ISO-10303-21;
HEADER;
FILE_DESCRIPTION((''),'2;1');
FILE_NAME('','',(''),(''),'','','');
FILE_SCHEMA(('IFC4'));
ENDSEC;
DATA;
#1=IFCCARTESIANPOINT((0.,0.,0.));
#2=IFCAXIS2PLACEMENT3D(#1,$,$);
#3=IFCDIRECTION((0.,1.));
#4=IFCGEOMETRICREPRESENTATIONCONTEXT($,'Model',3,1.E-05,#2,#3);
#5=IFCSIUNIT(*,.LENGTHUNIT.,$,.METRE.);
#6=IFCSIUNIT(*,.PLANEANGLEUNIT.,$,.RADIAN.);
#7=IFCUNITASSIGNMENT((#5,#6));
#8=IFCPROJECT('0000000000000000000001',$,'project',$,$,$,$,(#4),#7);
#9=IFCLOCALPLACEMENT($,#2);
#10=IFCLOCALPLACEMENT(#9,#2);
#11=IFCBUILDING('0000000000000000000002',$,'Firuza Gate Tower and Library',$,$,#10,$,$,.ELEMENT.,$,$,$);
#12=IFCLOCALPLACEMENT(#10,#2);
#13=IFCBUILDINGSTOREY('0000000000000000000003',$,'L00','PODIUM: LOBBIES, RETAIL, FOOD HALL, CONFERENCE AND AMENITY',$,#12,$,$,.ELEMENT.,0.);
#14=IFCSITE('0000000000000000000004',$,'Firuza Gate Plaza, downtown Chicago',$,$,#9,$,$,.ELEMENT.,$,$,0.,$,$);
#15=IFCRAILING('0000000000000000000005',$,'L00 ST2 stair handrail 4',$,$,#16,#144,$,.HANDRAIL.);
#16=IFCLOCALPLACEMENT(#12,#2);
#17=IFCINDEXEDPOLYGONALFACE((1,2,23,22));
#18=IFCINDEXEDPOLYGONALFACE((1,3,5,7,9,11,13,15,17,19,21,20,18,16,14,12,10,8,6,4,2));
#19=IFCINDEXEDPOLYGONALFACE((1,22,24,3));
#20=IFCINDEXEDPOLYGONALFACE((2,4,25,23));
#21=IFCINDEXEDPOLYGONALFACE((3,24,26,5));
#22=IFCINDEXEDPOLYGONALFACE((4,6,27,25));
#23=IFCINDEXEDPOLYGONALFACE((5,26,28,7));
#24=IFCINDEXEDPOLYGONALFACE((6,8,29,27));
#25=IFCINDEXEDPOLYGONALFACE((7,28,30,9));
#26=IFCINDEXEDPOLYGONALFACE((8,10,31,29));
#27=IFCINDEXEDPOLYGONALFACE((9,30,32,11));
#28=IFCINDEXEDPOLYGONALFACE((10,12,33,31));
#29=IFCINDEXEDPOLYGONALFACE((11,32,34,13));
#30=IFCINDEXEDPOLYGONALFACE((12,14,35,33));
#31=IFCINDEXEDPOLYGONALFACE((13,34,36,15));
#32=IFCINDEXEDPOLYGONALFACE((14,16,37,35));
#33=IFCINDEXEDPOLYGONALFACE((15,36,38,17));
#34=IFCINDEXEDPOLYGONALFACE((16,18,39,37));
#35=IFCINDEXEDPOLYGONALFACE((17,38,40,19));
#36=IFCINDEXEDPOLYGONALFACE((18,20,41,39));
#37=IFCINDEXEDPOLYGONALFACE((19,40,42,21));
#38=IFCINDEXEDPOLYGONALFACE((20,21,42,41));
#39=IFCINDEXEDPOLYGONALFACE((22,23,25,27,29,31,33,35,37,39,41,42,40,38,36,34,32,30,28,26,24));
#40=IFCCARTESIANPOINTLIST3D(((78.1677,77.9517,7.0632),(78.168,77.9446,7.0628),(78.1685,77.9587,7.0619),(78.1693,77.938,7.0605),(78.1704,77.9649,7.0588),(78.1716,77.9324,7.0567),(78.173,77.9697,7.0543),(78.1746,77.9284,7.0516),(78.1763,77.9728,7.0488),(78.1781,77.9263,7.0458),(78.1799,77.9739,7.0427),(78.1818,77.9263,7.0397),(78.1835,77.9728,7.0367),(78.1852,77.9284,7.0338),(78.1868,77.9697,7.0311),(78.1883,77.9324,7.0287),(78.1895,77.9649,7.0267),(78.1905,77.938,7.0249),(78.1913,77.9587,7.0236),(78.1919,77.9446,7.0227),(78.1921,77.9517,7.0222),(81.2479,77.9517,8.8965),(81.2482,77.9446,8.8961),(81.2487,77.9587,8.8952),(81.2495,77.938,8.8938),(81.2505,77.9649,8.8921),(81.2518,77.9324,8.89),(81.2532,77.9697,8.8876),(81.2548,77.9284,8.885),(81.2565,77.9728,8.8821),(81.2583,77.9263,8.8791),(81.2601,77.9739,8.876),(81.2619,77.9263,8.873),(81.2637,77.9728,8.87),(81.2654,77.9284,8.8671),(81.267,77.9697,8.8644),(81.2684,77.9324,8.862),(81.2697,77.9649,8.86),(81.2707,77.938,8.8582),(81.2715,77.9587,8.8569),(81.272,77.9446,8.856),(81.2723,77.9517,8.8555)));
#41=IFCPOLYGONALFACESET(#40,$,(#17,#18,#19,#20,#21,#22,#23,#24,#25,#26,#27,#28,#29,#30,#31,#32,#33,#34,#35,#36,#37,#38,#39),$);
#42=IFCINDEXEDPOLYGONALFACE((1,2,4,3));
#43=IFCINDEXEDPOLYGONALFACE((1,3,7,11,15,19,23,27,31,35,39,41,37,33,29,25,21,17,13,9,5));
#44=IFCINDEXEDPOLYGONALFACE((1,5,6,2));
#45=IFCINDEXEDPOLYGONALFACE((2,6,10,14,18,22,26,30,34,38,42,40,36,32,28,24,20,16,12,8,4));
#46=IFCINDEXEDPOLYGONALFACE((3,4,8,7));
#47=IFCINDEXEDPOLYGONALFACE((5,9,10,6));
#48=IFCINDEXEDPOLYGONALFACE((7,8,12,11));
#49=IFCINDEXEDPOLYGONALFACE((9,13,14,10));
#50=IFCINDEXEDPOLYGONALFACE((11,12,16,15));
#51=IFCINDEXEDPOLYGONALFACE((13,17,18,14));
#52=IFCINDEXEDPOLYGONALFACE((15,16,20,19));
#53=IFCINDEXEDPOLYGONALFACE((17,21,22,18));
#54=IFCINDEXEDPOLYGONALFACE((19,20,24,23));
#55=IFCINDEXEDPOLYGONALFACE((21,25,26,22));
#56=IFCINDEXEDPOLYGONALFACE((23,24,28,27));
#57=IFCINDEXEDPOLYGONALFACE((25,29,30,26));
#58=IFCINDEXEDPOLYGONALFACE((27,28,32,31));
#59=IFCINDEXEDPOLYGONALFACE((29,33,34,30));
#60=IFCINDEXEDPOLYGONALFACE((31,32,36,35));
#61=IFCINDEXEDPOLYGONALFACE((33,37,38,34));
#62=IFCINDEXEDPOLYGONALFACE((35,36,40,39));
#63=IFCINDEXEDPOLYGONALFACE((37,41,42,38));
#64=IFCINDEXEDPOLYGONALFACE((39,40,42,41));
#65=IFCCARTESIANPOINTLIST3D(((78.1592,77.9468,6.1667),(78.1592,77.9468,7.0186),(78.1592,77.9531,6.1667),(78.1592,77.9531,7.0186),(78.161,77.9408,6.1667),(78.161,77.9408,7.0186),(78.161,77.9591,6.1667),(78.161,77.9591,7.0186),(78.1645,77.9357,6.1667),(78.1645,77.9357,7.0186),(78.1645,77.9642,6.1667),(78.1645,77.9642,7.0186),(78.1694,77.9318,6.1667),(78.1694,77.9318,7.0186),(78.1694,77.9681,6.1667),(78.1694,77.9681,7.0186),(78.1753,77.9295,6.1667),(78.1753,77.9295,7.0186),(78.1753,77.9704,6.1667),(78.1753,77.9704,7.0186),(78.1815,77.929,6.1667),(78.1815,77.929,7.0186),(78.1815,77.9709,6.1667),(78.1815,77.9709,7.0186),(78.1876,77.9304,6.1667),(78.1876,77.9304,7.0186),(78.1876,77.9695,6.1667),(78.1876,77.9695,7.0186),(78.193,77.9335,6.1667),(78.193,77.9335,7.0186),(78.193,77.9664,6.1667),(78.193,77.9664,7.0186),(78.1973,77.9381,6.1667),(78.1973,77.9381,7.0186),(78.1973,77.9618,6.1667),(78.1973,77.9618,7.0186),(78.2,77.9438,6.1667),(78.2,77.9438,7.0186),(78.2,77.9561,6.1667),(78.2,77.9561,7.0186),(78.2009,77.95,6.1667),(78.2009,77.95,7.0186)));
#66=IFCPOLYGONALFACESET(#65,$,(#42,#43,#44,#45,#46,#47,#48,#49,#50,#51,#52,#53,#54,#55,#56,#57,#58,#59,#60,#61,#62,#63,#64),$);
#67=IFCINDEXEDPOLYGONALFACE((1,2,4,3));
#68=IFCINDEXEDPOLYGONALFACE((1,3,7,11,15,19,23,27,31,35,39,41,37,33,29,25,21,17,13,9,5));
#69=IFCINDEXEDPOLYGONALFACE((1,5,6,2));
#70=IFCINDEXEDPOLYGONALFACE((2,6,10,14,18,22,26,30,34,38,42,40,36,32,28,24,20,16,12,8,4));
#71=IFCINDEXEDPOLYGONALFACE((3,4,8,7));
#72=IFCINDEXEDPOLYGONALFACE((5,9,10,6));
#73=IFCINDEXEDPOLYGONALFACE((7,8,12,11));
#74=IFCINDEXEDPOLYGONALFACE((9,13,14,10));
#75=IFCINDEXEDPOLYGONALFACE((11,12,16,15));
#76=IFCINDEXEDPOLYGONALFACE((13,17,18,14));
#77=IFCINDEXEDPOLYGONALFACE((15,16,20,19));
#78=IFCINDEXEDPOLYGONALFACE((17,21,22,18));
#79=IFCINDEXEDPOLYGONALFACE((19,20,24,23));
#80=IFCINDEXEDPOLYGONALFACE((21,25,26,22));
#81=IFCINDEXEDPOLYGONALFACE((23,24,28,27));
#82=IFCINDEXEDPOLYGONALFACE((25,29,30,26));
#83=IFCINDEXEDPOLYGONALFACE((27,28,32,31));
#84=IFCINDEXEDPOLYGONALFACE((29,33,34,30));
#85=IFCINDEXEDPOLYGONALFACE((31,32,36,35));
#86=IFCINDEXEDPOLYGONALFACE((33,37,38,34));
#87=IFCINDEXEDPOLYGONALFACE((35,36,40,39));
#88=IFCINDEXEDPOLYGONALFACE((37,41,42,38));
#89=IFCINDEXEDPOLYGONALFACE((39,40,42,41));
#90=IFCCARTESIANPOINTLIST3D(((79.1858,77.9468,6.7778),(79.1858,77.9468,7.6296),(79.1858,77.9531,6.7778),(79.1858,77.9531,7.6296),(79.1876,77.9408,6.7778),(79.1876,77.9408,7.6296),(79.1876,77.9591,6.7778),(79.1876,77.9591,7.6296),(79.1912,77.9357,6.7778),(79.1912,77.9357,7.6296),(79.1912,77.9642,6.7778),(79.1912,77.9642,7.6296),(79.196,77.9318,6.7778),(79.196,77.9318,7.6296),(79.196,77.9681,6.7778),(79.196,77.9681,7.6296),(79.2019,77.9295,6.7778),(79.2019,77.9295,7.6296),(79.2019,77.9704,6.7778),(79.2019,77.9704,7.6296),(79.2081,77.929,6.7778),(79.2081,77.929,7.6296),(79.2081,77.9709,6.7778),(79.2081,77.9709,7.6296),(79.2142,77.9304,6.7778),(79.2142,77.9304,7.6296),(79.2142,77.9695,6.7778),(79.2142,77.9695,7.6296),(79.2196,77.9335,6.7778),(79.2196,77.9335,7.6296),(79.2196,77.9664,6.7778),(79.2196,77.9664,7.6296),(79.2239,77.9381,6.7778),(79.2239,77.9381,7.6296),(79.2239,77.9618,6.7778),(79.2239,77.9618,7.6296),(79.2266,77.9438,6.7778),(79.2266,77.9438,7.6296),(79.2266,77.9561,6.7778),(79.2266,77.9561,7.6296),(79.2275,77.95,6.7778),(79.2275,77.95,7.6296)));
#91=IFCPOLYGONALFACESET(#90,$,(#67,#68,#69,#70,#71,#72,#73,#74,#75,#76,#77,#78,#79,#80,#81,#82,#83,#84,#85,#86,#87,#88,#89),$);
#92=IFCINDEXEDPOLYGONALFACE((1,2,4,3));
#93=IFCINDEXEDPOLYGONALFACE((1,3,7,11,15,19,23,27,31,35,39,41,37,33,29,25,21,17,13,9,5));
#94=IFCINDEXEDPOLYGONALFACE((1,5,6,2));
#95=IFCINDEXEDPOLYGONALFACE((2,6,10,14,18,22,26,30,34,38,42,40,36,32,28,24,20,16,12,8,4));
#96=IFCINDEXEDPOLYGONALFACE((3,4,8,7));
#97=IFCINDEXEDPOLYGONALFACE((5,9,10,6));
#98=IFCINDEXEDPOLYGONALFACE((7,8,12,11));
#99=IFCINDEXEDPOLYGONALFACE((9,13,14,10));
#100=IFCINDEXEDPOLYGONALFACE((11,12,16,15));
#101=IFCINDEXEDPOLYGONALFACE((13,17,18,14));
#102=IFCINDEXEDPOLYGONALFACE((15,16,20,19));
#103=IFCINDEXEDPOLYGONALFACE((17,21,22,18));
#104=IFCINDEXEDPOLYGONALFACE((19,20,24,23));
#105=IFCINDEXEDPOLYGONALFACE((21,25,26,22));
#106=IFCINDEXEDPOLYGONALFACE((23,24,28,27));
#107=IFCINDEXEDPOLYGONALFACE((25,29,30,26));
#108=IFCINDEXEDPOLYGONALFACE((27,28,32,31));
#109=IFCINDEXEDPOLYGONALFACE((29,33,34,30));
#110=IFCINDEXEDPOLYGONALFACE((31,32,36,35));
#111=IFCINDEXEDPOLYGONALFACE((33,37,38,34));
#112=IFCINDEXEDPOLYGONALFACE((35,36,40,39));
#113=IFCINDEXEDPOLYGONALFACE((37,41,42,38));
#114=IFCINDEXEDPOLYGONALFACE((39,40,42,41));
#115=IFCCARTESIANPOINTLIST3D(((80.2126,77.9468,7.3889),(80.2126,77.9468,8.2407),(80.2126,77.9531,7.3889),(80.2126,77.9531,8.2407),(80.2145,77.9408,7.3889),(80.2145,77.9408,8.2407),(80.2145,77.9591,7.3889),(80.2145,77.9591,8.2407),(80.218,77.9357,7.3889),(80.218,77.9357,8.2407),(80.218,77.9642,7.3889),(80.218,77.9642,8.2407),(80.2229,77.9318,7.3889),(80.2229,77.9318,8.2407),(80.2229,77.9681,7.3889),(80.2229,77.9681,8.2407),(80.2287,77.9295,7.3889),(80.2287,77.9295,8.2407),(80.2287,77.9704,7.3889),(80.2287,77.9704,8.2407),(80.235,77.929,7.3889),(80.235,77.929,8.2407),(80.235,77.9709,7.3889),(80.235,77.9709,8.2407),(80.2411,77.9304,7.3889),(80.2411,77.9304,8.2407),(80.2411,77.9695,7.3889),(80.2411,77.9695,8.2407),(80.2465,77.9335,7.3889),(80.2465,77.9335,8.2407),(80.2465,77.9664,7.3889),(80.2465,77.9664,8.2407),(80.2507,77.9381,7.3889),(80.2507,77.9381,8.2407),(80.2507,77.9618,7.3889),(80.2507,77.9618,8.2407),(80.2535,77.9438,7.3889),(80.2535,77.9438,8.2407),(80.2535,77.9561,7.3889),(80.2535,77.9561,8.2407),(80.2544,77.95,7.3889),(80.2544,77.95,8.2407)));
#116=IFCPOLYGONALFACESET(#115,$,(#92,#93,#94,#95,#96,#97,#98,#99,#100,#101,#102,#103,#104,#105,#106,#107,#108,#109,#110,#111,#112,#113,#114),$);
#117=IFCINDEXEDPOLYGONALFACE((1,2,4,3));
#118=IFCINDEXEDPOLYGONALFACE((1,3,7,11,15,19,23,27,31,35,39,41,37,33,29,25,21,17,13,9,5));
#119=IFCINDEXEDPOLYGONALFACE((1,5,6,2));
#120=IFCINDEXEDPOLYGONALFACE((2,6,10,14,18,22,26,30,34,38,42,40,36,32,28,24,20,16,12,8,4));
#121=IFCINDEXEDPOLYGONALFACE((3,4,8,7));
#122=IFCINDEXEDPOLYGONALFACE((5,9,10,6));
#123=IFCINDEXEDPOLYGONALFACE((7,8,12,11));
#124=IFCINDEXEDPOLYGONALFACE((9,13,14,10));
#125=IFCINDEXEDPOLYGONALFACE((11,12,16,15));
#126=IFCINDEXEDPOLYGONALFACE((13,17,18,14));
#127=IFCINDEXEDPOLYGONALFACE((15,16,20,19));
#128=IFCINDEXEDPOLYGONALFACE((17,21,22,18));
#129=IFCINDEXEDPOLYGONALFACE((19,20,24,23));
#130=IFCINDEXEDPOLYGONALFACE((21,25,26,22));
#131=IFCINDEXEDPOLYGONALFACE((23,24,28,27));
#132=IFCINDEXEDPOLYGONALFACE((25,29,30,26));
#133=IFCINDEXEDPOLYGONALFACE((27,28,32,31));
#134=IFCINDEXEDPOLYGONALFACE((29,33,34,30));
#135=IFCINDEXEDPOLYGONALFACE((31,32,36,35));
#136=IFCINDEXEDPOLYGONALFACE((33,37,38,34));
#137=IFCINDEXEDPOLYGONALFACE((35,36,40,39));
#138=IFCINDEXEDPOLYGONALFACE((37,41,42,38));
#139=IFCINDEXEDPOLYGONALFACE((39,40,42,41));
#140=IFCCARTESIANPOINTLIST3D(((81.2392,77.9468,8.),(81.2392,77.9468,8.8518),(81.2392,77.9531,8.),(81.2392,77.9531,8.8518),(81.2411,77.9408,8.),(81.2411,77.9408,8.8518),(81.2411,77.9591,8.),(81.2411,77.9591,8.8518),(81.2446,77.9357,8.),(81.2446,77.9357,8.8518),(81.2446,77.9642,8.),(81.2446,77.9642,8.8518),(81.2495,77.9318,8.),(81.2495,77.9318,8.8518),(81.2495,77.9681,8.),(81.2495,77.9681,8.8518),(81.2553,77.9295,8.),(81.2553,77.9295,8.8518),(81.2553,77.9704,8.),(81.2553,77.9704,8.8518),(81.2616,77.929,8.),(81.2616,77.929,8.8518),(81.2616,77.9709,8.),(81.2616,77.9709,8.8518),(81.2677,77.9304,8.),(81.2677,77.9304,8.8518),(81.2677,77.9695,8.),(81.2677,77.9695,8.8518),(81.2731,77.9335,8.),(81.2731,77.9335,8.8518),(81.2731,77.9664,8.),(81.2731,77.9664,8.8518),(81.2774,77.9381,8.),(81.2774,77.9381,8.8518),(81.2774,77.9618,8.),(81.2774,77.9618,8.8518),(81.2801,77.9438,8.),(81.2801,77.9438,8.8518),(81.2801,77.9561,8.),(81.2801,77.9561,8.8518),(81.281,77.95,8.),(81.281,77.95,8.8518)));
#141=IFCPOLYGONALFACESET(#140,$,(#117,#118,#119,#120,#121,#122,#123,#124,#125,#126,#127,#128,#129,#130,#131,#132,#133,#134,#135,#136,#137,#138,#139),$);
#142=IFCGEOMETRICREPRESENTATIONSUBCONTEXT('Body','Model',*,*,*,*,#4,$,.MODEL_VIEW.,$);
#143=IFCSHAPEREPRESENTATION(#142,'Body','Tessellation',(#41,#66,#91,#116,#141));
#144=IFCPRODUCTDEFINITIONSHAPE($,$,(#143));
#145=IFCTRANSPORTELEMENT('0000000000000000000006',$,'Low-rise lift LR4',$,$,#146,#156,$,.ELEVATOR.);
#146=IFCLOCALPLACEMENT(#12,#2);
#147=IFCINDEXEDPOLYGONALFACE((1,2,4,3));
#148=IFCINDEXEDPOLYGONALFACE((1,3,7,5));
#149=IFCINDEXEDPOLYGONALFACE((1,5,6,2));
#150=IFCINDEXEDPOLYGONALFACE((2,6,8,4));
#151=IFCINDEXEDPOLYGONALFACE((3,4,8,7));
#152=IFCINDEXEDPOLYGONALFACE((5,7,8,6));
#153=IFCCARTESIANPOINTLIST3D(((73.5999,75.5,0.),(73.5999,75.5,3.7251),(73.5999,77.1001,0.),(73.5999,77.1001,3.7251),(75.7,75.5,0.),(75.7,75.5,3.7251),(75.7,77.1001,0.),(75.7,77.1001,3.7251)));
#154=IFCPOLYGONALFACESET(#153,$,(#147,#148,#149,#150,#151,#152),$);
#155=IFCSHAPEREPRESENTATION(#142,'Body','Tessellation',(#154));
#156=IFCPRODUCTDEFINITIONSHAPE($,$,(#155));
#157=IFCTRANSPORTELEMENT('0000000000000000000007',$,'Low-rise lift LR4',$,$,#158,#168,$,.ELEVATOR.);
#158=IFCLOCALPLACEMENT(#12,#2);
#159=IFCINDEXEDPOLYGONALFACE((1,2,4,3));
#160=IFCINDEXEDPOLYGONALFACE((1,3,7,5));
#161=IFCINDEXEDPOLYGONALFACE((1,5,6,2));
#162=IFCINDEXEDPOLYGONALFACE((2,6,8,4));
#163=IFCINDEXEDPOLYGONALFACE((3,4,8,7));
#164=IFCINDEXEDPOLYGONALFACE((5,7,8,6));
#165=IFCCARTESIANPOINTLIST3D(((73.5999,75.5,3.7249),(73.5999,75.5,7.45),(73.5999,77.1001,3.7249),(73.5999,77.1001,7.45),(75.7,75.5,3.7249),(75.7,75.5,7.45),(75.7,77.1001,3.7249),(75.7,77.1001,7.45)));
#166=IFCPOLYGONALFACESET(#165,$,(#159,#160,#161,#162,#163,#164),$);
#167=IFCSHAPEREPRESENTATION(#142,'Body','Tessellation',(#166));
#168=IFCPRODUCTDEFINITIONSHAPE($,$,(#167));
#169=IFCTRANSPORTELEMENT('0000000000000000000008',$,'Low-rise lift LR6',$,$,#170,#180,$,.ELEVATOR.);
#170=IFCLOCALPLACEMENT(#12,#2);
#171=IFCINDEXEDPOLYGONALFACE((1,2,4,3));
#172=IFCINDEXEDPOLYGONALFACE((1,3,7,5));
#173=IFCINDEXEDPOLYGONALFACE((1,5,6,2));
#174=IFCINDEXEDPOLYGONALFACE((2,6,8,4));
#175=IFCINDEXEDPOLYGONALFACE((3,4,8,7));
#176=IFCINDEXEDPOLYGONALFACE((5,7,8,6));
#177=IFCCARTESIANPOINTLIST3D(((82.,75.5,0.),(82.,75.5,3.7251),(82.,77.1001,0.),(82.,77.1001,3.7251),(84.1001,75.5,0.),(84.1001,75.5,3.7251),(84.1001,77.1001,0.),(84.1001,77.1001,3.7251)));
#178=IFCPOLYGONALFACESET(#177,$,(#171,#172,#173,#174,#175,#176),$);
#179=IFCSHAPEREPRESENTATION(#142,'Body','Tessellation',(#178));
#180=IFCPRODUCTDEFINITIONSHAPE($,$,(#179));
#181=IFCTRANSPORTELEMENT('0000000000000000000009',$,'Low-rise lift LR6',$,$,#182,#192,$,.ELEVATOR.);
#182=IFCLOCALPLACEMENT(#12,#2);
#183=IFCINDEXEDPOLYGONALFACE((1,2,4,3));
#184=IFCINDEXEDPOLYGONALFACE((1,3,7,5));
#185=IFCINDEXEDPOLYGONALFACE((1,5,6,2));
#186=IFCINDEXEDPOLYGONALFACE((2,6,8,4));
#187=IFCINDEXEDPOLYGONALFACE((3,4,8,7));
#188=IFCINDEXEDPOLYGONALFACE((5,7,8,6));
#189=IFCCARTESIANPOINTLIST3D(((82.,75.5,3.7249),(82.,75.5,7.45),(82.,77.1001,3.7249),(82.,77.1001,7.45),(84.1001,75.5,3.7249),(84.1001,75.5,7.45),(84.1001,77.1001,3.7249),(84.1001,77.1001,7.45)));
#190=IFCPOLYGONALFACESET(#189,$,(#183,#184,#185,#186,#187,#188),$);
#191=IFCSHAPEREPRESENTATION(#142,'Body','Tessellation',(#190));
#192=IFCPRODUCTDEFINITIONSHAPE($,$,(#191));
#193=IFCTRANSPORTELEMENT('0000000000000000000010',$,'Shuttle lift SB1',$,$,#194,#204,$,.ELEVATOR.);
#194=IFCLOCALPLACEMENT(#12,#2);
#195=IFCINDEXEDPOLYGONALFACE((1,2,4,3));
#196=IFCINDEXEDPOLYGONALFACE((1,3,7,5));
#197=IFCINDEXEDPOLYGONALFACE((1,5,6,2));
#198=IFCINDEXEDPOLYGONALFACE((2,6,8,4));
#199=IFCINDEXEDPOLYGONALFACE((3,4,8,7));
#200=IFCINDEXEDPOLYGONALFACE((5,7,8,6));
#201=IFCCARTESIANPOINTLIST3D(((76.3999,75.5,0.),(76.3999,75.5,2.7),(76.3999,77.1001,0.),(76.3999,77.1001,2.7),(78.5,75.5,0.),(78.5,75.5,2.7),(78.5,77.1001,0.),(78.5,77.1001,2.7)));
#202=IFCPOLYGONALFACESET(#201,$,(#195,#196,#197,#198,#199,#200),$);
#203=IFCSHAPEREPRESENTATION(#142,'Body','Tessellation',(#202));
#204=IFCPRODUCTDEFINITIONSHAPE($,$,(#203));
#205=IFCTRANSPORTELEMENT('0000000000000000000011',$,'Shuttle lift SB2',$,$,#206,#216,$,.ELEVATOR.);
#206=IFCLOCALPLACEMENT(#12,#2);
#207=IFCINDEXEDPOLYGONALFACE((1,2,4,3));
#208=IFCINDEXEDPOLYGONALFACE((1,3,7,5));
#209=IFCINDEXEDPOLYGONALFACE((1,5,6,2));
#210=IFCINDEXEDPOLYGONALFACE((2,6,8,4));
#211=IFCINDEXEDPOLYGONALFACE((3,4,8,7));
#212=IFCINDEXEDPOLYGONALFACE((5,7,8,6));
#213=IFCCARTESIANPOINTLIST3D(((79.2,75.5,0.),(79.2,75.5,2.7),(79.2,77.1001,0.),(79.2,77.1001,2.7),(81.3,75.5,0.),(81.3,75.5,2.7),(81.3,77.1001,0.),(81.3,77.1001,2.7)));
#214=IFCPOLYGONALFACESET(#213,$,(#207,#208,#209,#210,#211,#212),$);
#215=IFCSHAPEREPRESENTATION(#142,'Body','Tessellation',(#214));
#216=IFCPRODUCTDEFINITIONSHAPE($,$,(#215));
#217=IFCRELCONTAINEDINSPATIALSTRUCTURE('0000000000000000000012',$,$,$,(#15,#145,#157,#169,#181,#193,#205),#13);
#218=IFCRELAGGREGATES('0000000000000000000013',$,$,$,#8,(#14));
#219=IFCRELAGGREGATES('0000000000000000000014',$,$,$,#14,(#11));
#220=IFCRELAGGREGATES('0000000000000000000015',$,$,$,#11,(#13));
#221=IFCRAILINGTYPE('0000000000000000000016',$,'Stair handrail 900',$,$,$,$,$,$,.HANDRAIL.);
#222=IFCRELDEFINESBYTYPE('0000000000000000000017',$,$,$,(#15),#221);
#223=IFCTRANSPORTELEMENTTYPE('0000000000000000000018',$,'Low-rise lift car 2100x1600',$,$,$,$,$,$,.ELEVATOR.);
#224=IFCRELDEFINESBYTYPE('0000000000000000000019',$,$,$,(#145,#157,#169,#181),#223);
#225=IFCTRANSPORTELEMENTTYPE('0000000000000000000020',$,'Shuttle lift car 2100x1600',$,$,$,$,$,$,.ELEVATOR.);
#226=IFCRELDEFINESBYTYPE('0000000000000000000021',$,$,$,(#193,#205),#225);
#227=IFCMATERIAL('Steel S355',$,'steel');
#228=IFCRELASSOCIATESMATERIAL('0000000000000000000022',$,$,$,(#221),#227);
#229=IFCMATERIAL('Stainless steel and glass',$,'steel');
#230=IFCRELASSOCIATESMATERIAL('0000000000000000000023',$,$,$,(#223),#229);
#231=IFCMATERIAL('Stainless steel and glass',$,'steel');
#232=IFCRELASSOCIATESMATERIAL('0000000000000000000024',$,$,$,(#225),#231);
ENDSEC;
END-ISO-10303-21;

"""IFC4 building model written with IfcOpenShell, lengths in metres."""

from ifc_helpers import new_model, si_unit, direction, frame, origin, origin_2d, place, context, subcontext, project, spatial, rectangle, circle, extrude, material, type_object, element, save


model = new_model("IFC4")

# Units and contexts
model_context = context("Model", 3, precision=1e-05, world=origin(), true_north=direction((0.0, 1.0)))
body_context = subcontext(model_context, "Body", "Model", "MODEL_VIEW")
ifc_project = project(units=[si_unit("LENGTHUNIT", "METRE"), si_unit("PLANEANGLEUNIT", "RADIAN")], contexts=[model_context])

# Site, building, storey
site_placement = place(None, origin())
site = spatial("IfcSite", under=ifc_project, at=site_placement, Name="Firuza Gate Plaza, downtown Chicago", CompositionType="ELEMENT", RefElevation=0.0)
building_placement = place(site_placement, origin())
building = spatial("IfcBuilding", under=site, at=building_placement, Name="Firuza Gate Tower and Library", CompositionType="ELEMENT")
storey_placement = place(building_placement, origin())
storey = spatial("IfcBuildingStorey", under=building, at=storey_placement, Name="L00", Description="PODIUM: LOBBIES, RETAIL, FOOD HALL, CONFERENCE AND AMENITY", CompositionType="ELEMENT", Elevation=0.0)

# Railing
ifc_material_1 = material(Name="Steel S355", Category="steel")
railing_type = type_object("IfcRailingType", Name="Stair handrail 900", PredefinedType="HANDRAIL", material=ifc_material_1)
for number, where, name in (
    (1, (78.1799, 77.95, 6.1667), "L00 ST2 stair handrail 4"),
):
    element("IfcRailing", number, at=place(storey_placement, frame(where)), inside=storey, type_object=railing_type, Name=name, PredefinedType="HANDRAIL", context=body_context, shape_type="SweptSolid", body=[
        extrude(circle(Radius=0.0239, at=origin_2d()), frame((0.0, 0.0, 0.876), z_axis=(0.859309, 0.0, 0.511458), x_axis=(0.0, 1.0, 0.0)), (0.0, 0.0, 1.0), 3.5845),
        extrude(circle(Radius=0.021, at=origin_2d()), origin(), (0.0, 0.0, 1.0), 0.8518),
        extrude(circle(Radius=0.021, at=origin_2d()), frame((1.0266, 0.0, 0.6111)), (0.0, 0.0, 1.0), 0.8518),
        extrude(circle(Radius=0.021, at=origin_2d()), frame((2.0535, 0.0, 1.2222)), (0.0, 0.0, 1.0), 0.8518),
        extrude(circle(Radius=0.021, at=origin_2d()), frame((3.0801, 0.0, 1.8333)), (0.0, 0.0, 1.0), 0.8518),
    ])

# Transport elements
ifc_material_2 = material(Name="Stainless steel and glass", Category="steel")
transport_element_type_1 = type_object("IfcTransportElementType", Name="Low-rise lift car 2100x1600", PredefinedType="ELEVATOR", material=ifc_material_2)
for number, where, z_axis, x_axis, name in (
    (2, (74.6499, 76.3, 0.0), (0.0, 0.0, 1.0), (1.0, 0.0, 0.0), "Low-rise lift LR4"),
    (3, (74.6499, 76.3, 3.7249), (0.0, 0.0, 1.0), (1.0, 0.0, 0.0), "Low-rise lift LR4"),
    (4, (83.05, 76.3, 0.0), (0.0, 0.0, 1.0), (1.0, 0.0, 0.0), "Low-rise lift LR6"),
    (5, (83.05, 76.3, 3.7249), (0.0, 0.0, 1.0), (1.0, 0.0, 0.0), "Low-rise lift LR6"),
):
    element("IfcTransportElement", number, at=place(storey_placement, frame(where, z_axis=z_axis, x_axis=x_axis)), inside=storey, type_object=transport_element_type_1, Name=name, PredefinedType="ELEVATOR", context=body_context, shape_type="SweptSolid", body=[
        extrude(rectangle(XDim=2.1001, YDim=1.6001, at=origin_2d()), origin(), (0.0, 0.0, 1.0), 3.7251),
    ])
ifc_material_3 = material(Name="Stainless steel and glass", Category="steel")
transport_element_type_2 = type_object("IfcTransportElementType", Name="Shuttle lift car 2100x1600", PredefinedType="ELEVATOR", material=ifc_material_3)
for number, where, z_axis, x_axis, name in (
    (6, (77.45, 76.3, 0.0), (0.0, 0.0, 1.0), (1.0, 0.0, 0.0), "Shuttle lift SB1"),
    (7, (80.25, 76.3, 0.0), (0.0, 0.0, 1.0), (1.0, 0.0, 0.0), "Shuttle lift SB2"),
):
    element("IfcTransportElement", number, at=place(storey_placement, frame(where, z_axis=z_axis, x_axis=x_axis)), inside=storey, type_object=transport_element_type_2, Name=name, PredefinedType="ELEVATOR", context=body_context, shape_type="SweptSolid", body=[
        extrude(rectangle(XDim=2.1001, YDim=1.6001, at=origin_2d()), origin(), (0.0, 0.0, 1.0), 2.7),
    ])

save(model, "model.ifc")
